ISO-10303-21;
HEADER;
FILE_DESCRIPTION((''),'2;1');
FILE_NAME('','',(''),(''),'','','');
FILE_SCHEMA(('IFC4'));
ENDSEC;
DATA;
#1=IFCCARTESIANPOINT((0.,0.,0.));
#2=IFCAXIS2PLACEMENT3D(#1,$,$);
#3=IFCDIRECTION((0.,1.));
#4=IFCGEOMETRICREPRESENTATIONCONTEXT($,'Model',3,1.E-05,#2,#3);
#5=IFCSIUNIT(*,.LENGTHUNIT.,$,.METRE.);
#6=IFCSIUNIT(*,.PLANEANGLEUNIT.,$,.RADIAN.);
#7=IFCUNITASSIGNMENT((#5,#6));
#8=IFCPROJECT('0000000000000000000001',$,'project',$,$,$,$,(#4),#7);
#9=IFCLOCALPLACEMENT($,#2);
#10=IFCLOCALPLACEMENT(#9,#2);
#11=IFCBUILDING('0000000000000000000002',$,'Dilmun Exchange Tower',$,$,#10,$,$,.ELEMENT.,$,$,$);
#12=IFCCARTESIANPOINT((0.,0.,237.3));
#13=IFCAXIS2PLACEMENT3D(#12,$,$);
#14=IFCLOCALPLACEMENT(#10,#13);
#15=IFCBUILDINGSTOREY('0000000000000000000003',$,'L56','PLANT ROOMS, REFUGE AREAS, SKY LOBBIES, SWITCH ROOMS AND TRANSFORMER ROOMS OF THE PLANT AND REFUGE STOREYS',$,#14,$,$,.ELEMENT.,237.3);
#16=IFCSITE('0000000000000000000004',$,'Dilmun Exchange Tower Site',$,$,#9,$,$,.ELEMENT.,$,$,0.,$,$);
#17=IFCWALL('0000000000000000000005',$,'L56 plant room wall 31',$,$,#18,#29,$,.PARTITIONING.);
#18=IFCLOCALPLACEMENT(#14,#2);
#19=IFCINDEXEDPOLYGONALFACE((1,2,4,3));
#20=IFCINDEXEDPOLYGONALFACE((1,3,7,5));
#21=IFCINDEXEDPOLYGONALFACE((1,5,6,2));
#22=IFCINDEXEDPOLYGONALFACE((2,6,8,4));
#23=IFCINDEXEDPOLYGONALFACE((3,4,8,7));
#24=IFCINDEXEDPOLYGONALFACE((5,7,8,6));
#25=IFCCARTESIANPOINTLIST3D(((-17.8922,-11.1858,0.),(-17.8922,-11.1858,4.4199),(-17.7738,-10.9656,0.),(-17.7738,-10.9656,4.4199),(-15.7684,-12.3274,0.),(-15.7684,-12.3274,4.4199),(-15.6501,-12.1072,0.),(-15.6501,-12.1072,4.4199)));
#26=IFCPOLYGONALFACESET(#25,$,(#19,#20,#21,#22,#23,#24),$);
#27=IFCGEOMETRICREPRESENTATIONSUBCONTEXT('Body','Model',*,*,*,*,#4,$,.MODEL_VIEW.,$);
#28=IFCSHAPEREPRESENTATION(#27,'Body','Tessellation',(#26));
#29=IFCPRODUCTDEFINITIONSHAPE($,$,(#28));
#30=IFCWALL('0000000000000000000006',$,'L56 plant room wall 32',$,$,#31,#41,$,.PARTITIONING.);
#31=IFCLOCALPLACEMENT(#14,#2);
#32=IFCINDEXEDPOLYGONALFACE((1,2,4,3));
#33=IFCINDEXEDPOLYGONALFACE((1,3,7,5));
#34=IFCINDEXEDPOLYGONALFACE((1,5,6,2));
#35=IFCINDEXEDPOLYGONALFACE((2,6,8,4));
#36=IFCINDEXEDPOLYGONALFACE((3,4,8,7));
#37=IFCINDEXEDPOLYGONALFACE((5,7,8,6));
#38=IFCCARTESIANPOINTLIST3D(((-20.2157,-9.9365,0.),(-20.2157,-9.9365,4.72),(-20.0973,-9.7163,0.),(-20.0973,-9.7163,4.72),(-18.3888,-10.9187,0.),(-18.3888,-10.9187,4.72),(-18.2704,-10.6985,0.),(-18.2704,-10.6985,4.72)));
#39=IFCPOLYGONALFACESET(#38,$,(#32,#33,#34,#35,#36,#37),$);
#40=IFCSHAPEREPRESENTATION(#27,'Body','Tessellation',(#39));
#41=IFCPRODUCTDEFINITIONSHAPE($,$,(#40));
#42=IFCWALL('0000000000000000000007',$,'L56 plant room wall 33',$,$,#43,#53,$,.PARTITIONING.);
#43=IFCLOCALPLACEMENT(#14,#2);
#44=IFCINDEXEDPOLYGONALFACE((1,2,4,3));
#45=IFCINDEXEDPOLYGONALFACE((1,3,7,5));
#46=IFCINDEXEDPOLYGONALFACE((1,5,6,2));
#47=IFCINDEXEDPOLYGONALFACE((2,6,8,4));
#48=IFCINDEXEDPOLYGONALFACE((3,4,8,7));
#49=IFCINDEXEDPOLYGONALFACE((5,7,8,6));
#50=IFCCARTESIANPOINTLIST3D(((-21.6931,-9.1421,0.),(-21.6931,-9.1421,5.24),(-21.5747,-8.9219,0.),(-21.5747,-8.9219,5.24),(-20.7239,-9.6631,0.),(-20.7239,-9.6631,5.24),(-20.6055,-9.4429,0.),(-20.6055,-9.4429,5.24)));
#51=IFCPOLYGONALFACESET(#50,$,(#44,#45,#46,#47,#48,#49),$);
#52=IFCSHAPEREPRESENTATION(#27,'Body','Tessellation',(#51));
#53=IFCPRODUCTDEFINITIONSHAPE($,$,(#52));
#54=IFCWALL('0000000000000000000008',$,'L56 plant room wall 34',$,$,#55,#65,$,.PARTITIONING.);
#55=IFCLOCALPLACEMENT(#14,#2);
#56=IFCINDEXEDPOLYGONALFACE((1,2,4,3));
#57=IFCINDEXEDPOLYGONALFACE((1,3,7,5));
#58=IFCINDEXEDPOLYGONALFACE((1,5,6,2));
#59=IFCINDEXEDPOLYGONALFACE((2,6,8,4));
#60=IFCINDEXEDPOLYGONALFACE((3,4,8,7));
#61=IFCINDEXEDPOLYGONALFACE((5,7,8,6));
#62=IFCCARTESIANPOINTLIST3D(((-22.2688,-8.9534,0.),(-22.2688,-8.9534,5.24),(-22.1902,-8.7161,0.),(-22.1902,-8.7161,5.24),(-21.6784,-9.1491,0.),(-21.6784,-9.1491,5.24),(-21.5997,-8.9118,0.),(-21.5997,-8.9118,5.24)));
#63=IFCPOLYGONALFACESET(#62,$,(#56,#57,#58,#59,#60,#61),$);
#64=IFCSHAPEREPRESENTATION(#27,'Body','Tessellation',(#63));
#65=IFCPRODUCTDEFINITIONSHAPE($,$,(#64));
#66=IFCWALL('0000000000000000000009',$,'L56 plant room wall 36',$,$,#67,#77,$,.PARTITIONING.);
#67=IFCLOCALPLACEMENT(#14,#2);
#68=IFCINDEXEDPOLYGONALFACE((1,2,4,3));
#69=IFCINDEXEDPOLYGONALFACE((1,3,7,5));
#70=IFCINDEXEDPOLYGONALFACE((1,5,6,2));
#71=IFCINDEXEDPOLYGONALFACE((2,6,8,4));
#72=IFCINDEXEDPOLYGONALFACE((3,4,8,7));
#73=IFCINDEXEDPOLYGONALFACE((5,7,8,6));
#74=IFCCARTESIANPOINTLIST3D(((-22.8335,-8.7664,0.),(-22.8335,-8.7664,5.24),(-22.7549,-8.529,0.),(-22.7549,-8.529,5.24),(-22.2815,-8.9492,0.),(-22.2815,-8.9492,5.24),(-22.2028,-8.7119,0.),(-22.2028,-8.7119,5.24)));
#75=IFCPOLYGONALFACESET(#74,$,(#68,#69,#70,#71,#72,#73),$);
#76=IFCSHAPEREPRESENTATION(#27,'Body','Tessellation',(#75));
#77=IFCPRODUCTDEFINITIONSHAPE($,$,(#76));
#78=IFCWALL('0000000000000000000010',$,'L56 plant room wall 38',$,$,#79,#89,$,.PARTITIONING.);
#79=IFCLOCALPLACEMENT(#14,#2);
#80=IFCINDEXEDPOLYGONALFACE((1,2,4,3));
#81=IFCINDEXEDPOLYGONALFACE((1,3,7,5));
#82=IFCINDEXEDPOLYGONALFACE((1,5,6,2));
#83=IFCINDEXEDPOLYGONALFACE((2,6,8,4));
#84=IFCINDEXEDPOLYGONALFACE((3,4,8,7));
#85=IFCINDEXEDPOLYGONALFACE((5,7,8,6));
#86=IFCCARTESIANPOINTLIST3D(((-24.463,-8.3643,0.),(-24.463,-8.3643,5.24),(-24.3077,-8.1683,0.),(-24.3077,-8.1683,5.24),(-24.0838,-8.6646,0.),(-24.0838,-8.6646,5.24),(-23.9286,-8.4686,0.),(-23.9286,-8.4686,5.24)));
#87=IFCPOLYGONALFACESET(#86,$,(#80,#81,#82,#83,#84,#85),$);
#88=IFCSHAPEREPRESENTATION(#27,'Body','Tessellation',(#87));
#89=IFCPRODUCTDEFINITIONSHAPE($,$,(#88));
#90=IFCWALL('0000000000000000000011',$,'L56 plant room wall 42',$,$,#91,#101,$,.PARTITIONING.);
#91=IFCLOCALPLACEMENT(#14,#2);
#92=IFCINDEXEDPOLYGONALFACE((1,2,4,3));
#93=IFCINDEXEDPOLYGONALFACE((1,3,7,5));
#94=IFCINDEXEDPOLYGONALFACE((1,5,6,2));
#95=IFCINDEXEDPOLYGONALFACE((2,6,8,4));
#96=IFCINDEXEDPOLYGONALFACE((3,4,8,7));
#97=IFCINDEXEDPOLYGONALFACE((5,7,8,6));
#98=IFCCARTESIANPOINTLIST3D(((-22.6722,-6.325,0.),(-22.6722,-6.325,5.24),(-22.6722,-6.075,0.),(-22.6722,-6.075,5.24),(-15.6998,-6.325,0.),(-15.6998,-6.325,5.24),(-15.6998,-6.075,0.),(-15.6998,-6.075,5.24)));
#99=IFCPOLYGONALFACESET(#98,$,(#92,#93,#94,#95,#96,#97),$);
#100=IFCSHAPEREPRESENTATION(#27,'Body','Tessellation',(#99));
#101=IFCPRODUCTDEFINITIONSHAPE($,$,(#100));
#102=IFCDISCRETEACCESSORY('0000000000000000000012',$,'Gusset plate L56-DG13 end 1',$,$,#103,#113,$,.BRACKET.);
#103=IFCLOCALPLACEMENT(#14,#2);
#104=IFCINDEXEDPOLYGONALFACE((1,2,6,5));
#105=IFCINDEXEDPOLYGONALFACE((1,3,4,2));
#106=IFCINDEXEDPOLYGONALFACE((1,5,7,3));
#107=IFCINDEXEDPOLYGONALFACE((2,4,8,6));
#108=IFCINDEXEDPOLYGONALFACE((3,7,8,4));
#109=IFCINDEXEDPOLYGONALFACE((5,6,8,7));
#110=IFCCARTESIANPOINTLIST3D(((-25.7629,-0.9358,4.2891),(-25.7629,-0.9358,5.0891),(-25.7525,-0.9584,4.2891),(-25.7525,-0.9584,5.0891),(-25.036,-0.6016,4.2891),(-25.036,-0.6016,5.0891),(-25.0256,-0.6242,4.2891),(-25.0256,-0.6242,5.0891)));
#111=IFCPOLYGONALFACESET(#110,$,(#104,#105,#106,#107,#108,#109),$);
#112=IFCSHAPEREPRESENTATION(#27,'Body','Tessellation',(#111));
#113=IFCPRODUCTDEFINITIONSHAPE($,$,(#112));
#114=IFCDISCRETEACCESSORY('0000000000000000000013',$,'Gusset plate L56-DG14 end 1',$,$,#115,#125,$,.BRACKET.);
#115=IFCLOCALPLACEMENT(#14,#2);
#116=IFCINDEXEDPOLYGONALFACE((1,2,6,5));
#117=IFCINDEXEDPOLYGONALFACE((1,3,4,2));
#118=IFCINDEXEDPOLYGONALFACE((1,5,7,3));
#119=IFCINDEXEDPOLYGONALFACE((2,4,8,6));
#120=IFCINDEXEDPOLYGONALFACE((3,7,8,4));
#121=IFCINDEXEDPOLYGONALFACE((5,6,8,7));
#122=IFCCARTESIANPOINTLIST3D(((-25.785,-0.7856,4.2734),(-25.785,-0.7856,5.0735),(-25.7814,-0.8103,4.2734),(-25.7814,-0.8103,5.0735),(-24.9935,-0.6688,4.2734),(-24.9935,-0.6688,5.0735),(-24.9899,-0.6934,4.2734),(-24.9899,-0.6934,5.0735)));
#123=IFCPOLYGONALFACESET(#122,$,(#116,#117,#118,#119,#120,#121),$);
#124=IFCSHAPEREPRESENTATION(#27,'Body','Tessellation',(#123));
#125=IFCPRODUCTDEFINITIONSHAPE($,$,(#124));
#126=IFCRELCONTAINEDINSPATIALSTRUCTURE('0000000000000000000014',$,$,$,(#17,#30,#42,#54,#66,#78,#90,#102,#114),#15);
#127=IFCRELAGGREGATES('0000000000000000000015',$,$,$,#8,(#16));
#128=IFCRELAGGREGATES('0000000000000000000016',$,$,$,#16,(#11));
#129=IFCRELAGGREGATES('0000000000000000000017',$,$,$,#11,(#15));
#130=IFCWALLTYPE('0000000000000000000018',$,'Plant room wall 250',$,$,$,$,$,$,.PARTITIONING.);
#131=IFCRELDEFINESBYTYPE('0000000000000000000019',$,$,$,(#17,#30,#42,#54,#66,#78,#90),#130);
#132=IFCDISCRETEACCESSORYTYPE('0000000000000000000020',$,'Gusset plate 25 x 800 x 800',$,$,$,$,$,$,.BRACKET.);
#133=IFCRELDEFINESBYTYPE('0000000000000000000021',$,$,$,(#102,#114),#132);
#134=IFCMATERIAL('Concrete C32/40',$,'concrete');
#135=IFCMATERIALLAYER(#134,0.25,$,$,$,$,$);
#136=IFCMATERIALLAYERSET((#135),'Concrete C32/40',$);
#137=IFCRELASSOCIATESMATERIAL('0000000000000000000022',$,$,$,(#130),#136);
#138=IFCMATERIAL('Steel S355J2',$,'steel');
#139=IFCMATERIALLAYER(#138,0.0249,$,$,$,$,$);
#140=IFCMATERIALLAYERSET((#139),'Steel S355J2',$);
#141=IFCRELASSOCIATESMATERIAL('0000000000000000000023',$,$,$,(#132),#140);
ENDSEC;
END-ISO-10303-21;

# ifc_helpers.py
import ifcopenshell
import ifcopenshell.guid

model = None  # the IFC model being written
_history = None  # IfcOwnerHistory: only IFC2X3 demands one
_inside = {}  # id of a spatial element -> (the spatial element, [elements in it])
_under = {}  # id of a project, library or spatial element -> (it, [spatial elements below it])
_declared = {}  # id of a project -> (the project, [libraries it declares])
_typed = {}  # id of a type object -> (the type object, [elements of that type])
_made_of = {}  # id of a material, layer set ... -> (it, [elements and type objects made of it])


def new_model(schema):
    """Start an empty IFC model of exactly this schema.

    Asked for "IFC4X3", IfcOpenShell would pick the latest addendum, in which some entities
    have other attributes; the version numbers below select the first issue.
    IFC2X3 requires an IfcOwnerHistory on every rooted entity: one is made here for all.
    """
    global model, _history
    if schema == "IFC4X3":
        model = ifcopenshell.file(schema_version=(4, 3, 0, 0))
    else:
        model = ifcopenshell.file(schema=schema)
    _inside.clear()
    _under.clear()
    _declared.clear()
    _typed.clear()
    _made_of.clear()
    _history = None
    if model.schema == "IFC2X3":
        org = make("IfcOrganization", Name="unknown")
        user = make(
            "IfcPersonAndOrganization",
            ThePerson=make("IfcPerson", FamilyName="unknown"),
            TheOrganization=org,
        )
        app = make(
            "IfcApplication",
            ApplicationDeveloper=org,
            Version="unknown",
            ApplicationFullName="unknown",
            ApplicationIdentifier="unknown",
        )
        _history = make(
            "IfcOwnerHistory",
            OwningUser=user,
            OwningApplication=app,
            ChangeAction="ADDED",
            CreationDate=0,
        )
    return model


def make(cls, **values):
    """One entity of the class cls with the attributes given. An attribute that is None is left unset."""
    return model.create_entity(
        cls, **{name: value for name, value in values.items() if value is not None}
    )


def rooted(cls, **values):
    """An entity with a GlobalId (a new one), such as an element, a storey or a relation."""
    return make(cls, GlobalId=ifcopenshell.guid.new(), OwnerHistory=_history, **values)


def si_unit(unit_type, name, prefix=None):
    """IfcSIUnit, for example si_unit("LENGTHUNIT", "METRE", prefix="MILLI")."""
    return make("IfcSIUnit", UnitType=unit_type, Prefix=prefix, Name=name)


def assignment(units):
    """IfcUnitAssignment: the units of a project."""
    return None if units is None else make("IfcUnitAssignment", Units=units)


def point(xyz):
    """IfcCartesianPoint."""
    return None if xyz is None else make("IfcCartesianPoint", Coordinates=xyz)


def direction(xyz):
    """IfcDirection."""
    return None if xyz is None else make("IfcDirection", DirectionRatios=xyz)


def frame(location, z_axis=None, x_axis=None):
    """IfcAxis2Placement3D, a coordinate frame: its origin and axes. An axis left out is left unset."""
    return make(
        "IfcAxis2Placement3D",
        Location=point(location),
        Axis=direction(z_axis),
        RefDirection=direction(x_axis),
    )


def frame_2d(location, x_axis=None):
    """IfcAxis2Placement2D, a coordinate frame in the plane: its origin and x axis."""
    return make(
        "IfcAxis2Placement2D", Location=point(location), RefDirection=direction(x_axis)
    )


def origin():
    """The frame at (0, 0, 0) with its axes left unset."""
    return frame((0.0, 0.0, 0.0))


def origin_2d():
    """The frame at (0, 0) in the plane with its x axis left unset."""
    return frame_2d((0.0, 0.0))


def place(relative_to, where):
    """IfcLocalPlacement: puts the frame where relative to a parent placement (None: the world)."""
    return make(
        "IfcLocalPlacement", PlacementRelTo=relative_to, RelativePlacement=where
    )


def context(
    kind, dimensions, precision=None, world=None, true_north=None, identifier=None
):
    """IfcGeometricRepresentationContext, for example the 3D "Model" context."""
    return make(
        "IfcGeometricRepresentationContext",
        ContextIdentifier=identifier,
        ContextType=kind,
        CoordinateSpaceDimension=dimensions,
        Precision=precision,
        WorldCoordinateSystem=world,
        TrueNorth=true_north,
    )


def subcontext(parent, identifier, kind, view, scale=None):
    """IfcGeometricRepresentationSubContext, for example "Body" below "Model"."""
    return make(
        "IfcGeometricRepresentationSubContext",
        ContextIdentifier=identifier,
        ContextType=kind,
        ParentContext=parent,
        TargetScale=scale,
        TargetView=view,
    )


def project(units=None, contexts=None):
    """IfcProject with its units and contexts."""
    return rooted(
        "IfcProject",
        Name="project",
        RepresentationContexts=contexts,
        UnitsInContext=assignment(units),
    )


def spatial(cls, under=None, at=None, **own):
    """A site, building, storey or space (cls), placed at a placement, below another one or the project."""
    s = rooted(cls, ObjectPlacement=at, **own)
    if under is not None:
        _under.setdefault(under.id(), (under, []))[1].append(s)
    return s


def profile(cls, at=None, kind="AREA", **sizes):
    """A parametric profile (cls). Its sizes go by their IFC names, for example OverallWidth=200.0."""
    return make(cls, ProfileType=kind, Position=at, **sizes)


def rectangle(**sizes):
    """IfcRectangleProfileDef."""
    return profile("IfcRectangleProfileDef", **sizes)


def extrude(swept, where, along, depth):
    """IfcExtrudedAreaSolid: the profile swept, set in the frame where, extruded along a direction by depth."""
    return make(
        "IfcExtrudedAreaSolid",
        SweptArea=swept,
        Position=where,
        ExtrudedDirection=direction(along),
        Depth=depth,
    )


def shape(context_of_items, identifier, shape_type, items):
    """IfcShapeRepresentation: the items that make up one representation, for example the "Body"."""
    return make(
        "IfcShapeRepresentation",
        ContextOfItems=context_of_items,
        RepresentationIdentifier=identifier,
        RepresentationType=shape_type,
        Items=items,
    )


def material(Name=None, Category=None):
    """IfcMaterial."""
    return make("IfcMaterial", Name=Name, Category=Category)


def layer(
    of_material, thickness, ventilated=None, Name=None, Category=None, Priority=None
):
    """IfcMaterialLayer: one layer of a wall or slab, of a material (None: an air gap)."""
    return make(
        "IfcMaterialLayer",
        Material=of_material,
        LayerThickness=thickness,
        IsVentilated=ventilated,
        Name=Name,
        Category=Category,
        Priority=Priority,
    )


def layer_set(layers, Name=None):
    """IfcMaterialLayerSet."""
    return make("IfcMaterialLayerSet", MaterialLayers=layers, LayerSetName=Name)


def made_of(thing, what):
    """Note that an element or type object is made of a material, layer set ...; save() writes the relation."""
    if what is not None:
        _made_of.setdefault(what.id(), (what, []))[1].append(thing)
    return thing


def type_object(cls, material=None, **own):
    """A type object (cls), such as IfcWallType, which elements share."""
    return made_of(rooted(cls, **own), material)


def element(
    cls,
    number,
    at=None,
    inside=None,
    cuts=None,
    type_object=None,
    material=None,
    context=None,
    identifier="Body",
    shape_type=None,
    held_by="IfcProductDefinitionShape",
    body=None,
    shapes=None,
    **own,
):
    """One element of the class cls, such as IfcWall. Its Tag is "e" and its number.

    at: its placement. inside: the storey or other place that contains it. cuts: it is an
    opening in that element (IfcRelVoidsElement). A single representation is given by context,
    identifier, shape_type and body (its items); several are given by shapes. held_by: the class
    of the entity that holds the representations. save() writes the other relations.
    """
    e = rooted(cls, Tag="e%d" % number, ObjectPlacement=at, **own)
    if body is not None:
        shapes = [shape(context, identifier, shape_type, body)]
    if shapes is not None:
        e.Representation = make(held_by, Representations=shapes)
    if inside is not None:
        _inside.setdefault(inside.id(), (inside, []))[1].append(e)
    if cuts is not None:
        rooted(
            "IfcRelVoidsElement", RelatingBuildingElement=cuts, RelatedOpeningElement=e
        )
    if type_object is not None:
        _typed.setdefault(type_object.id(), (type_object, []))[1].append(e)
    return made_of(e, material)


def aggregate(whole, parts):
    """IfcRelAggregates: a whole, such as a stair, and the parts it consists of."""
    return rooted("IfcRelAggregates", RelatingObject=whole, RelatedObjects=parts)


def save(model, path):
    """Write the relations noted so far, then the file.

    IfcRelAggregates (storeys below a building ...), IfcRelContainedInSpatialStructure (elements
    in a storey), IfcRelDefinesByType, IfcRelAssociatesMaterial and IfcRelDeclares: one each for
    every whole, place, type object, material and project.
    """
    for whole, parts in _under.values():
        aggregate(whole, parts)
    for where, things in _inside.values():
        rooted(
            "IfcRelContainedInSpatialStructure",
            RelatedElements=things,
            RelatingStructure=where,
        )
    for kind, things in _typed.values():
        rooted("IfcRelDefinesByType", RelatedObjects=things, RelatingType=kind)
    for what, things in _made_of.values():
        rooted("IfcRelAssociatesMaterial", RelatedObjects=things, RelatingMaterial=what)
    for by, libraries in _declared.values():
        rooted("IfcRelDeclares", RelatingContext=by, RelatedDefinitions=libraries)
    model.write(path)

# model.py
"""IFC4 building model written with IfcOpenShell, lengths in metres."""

from ifc_helpers import new_model, si_unit, direction, frame, frame_2d, origin, origin_2d, place, context, subcontext, project, spatial, rectangle, extrude, material, layer, layer_set, type_object, element, save


model = new_model("IFC4")

# Units and contexts
model_context = context("Model", 3, precision=1e-05, world=origin(), true_north=direction((0.0, 1.0)))
body_context = subcontext(model_context, "Body", "Model", "MODEL_VIEW")
ifc_project = project(units=[si_unit("LENGTHUNIT", "METRE"), si_unit("PLANEANGLEUNIT", "RADIAN")], contexts=[model_context])

# Site, building, storey
site_placement = place(None, origin())
site = spatial("IfcSite", under=ifc_project, at=site_placement, Name="Dilmun Exchange Tower Site", CompositionType="ELEMENT", RefElevation=0.0)
building_placement = place(site_placement, origin())
building = spatial("IfcBuilding", under=site, at=building_placement, Name="Dilmun Exchange Tower", CompositionType="ELEMENT")
storey_placement = place(building_placement, frame((0.0, 0.0, 237.3)))
storey = spatial("IfcBuildingStorey", under=building, at=storey_placement, Name="L56", Description="PLANT ROOMS, REFUGE AREAS, SKY LOBBIES, SWITCH ROOMS AND TRANSFORMER ROOMS OF THE PLANT AND REFUGE STOREYS", CompositionType="ELEMENT", Elevation=237.3)

# Walls
ifc_material_1 = material(Name="Concrete C32/40", Category="concrete")
ifc_layer_1 = layer(ifc_material_1, 0.25)
ifc_layer_set_1 = layer_set([ifc_layer_1], Name="Concrete C32/40")
wall_type = type_object("IfcWallType", Name="Plant room wall 250", PredefinedType="PARTITIONING", material=ifc_layer_set_1)
wall_1_placement = place(storey_placement, frame((-17.833, -11.0757, 0.0), z_axis=(0.0, 0.0, 1.0), x_axis=(0.880812, -0.473466, 0.0)))
element("IfcWall", 1, at=wall_1_placement, inside=storey, type_object=wall_type, Name="L56 plant room wall 31", PredefinedType="PARTITIONING", context=body_context, shape_type="SweptSolid", body=[
    extrude(rectangle(XDim=2.4111, YDim=0.25, at=frame_2d((1.2056, 0.0))), origin(), (0.0, 0.0, 1.0), 4.4199),
])
wall_2_placement = place(storey_placement, frame((-20.1565, -9.8264, 0.0), z_axis=(0.0, 0.0, 1.0), x_axis=(0.880781, -0.473524, 0.0)))
element("IfcWall", 2, at=wall_2_placement, inside=storey, type_object=wall_type, Name="L56 plant room wall 32", PredefinedType="PARTITIONING", context=body_context, shape_type="SweptSolid", body=[
    extrude(rectangle(XDim=2.0742, YDim=0.25, at=frame_2d((1.0371, 0.0))), origin(), (0.0, 0.0, 1.0), 4.72),
])
wall_3_placement = place(storey_placement, frame((-21.634, -9.032, 0.0), z_axis=(0.0, 0.0, 1.0), x_axis=(0.880813, -0.473465, 0.0)))
element("IfcWall", 3, at=wall_3_placement, inside=storey, type_object=wall_type, Name="L56 plant room wall 33", PredefinedType="PARTITIONING", context=body_context, shape_type="SweptSolid", body=[
    extrude(rectangle(XDim=1.1003, YDim=0.25, at=frame_2d((0.5503, 0.0))), origin(), (0.0, 0.0, 1.0), 5.24),
])
wall_4_placement = place(storey_placement, frame((-22.2295, -8.8347, 0.0), z_axis=(0.0, 0.0, 1.0), x_axis=(0.949192, -0.314697, 0.0)))
element("IfcWall", 4, at=wall_4_placement, inside=storey, type_object=wall_type, Name="L56 plant room wall 34", PredefinedType="PARTITIONING", context=body_context, shape_type="SweptSolid", body=[
    extrude(rectangle(XDim=0.6221, YDim=0.25, at=frame_2d((0.311, 0.0))), origin(), (0.0, 0.0, 1.0), 5.24),
])
wall_5_placement = place(storey_placement, frame((-22.7942, -8.6477, 0.0), z_axis=(0.0, 0.0, 1.0), x_axis=(0.949269, -0.314464, 0.0)))
element("IfcWall", 5, at=wall_5_placement, inside=storey, type_object=wall_type, Name="L56 plant room wall 36", PredefinedType="PARTITIONING", context=body_context, shape_type="SweptSolid", body=[
    extrude(rectangle(XDim=0.5815, YDim=0.25, at=frame_2d((0.2908, 0.0))), origin(), (0.0, 0.0, 1.0), 5.24),
])
wall_6_placement = place(storey_placement, frame((-24.3853, -8.2664, 0.0), z_axis=(0.0, 0.0, 1.0), x_axis=(0.783913, -0.620871, 0.0)))
element("IfcWall", 6, at=wall_6_placement, inside=storey, type_object=wall_type, Name="L56 plant room wall 38", PredefinedType="PARTITIONING", context=body_context, shape_type="SweptSolid", body=[
    extrude(rectangle(XDim=0.4836, YDim=0.25, at=frame_2d((0.2417, 0.0))), origin(), (0.0, 0.0, 1.0), 5.24),
])
wall_7_placement = place(storey_placement, frame((-22.6724, -6.2, 0.0), z_axis=(0.0, 0.0, 1.0), x_axis=(1.0, 0.0, 0.0)))
element("IfcWall", 7, at=wall_7_placement, inside=storey, type_object=wall_type, Name="L56 plant room wall 42", PredefinedType="PARTITIONING", context=body_context, shape_type="SweptSolid", body=[
    extrude(rectangle(XDim=6.9724, YDim=0.25, at=frame_2d((3.4863, 0.0))), origin(), (0.0, 0.0, 1.0), 5.24),
])

# Discrete accessories
ifc_material_2 = material(Name="Steel S355J2", Category="steel")
ifc_layer_2 = layer(ifc_material_2, 0.0249)
ifc_layer_set_2 = layer_set([ifc_layer_2], Name="Steel S355J2")
discrete_accessory_type = type_object("IfcDiscreteAccessoryType", Name="Gusset plate 25 x 800 x 800", PredefinedType="BRACKET", material=ifc_layer_set_2)
for number, where, z_axis, x_axis, name in (
    (8, (-25.3943, -0.78, 4.2891), (0.0, 0.0, 1.0), (-0.90858, -0.417712, 0.0), "Gusset plate L56-DG13 end 1"),
    (9, (-25.3875, -0.7395, 4.2734), (0.0, 0.0, 1.0), (-0.989275, -0.146067, 0.0), "Gusset plate L56-DG14 end 1"),
):
    element("IfcDiscreteAccessory", number, at=place(storey_placement, frame(where, z_axis=z_axis, x_axis=x_axis)), inside=storey, type_object=discrete_accessory_type, Name=name, PredefinedType="BRACKET", context=body_context, shape_type="SweptSolid", body=[
        extrude(rectangle(XDim=0.8, YDim=0.0249, at=origin_2d()), origin(), (0.0, 0.0, 1.0), 0.8),
    ])

save(model, "model.ifc")
